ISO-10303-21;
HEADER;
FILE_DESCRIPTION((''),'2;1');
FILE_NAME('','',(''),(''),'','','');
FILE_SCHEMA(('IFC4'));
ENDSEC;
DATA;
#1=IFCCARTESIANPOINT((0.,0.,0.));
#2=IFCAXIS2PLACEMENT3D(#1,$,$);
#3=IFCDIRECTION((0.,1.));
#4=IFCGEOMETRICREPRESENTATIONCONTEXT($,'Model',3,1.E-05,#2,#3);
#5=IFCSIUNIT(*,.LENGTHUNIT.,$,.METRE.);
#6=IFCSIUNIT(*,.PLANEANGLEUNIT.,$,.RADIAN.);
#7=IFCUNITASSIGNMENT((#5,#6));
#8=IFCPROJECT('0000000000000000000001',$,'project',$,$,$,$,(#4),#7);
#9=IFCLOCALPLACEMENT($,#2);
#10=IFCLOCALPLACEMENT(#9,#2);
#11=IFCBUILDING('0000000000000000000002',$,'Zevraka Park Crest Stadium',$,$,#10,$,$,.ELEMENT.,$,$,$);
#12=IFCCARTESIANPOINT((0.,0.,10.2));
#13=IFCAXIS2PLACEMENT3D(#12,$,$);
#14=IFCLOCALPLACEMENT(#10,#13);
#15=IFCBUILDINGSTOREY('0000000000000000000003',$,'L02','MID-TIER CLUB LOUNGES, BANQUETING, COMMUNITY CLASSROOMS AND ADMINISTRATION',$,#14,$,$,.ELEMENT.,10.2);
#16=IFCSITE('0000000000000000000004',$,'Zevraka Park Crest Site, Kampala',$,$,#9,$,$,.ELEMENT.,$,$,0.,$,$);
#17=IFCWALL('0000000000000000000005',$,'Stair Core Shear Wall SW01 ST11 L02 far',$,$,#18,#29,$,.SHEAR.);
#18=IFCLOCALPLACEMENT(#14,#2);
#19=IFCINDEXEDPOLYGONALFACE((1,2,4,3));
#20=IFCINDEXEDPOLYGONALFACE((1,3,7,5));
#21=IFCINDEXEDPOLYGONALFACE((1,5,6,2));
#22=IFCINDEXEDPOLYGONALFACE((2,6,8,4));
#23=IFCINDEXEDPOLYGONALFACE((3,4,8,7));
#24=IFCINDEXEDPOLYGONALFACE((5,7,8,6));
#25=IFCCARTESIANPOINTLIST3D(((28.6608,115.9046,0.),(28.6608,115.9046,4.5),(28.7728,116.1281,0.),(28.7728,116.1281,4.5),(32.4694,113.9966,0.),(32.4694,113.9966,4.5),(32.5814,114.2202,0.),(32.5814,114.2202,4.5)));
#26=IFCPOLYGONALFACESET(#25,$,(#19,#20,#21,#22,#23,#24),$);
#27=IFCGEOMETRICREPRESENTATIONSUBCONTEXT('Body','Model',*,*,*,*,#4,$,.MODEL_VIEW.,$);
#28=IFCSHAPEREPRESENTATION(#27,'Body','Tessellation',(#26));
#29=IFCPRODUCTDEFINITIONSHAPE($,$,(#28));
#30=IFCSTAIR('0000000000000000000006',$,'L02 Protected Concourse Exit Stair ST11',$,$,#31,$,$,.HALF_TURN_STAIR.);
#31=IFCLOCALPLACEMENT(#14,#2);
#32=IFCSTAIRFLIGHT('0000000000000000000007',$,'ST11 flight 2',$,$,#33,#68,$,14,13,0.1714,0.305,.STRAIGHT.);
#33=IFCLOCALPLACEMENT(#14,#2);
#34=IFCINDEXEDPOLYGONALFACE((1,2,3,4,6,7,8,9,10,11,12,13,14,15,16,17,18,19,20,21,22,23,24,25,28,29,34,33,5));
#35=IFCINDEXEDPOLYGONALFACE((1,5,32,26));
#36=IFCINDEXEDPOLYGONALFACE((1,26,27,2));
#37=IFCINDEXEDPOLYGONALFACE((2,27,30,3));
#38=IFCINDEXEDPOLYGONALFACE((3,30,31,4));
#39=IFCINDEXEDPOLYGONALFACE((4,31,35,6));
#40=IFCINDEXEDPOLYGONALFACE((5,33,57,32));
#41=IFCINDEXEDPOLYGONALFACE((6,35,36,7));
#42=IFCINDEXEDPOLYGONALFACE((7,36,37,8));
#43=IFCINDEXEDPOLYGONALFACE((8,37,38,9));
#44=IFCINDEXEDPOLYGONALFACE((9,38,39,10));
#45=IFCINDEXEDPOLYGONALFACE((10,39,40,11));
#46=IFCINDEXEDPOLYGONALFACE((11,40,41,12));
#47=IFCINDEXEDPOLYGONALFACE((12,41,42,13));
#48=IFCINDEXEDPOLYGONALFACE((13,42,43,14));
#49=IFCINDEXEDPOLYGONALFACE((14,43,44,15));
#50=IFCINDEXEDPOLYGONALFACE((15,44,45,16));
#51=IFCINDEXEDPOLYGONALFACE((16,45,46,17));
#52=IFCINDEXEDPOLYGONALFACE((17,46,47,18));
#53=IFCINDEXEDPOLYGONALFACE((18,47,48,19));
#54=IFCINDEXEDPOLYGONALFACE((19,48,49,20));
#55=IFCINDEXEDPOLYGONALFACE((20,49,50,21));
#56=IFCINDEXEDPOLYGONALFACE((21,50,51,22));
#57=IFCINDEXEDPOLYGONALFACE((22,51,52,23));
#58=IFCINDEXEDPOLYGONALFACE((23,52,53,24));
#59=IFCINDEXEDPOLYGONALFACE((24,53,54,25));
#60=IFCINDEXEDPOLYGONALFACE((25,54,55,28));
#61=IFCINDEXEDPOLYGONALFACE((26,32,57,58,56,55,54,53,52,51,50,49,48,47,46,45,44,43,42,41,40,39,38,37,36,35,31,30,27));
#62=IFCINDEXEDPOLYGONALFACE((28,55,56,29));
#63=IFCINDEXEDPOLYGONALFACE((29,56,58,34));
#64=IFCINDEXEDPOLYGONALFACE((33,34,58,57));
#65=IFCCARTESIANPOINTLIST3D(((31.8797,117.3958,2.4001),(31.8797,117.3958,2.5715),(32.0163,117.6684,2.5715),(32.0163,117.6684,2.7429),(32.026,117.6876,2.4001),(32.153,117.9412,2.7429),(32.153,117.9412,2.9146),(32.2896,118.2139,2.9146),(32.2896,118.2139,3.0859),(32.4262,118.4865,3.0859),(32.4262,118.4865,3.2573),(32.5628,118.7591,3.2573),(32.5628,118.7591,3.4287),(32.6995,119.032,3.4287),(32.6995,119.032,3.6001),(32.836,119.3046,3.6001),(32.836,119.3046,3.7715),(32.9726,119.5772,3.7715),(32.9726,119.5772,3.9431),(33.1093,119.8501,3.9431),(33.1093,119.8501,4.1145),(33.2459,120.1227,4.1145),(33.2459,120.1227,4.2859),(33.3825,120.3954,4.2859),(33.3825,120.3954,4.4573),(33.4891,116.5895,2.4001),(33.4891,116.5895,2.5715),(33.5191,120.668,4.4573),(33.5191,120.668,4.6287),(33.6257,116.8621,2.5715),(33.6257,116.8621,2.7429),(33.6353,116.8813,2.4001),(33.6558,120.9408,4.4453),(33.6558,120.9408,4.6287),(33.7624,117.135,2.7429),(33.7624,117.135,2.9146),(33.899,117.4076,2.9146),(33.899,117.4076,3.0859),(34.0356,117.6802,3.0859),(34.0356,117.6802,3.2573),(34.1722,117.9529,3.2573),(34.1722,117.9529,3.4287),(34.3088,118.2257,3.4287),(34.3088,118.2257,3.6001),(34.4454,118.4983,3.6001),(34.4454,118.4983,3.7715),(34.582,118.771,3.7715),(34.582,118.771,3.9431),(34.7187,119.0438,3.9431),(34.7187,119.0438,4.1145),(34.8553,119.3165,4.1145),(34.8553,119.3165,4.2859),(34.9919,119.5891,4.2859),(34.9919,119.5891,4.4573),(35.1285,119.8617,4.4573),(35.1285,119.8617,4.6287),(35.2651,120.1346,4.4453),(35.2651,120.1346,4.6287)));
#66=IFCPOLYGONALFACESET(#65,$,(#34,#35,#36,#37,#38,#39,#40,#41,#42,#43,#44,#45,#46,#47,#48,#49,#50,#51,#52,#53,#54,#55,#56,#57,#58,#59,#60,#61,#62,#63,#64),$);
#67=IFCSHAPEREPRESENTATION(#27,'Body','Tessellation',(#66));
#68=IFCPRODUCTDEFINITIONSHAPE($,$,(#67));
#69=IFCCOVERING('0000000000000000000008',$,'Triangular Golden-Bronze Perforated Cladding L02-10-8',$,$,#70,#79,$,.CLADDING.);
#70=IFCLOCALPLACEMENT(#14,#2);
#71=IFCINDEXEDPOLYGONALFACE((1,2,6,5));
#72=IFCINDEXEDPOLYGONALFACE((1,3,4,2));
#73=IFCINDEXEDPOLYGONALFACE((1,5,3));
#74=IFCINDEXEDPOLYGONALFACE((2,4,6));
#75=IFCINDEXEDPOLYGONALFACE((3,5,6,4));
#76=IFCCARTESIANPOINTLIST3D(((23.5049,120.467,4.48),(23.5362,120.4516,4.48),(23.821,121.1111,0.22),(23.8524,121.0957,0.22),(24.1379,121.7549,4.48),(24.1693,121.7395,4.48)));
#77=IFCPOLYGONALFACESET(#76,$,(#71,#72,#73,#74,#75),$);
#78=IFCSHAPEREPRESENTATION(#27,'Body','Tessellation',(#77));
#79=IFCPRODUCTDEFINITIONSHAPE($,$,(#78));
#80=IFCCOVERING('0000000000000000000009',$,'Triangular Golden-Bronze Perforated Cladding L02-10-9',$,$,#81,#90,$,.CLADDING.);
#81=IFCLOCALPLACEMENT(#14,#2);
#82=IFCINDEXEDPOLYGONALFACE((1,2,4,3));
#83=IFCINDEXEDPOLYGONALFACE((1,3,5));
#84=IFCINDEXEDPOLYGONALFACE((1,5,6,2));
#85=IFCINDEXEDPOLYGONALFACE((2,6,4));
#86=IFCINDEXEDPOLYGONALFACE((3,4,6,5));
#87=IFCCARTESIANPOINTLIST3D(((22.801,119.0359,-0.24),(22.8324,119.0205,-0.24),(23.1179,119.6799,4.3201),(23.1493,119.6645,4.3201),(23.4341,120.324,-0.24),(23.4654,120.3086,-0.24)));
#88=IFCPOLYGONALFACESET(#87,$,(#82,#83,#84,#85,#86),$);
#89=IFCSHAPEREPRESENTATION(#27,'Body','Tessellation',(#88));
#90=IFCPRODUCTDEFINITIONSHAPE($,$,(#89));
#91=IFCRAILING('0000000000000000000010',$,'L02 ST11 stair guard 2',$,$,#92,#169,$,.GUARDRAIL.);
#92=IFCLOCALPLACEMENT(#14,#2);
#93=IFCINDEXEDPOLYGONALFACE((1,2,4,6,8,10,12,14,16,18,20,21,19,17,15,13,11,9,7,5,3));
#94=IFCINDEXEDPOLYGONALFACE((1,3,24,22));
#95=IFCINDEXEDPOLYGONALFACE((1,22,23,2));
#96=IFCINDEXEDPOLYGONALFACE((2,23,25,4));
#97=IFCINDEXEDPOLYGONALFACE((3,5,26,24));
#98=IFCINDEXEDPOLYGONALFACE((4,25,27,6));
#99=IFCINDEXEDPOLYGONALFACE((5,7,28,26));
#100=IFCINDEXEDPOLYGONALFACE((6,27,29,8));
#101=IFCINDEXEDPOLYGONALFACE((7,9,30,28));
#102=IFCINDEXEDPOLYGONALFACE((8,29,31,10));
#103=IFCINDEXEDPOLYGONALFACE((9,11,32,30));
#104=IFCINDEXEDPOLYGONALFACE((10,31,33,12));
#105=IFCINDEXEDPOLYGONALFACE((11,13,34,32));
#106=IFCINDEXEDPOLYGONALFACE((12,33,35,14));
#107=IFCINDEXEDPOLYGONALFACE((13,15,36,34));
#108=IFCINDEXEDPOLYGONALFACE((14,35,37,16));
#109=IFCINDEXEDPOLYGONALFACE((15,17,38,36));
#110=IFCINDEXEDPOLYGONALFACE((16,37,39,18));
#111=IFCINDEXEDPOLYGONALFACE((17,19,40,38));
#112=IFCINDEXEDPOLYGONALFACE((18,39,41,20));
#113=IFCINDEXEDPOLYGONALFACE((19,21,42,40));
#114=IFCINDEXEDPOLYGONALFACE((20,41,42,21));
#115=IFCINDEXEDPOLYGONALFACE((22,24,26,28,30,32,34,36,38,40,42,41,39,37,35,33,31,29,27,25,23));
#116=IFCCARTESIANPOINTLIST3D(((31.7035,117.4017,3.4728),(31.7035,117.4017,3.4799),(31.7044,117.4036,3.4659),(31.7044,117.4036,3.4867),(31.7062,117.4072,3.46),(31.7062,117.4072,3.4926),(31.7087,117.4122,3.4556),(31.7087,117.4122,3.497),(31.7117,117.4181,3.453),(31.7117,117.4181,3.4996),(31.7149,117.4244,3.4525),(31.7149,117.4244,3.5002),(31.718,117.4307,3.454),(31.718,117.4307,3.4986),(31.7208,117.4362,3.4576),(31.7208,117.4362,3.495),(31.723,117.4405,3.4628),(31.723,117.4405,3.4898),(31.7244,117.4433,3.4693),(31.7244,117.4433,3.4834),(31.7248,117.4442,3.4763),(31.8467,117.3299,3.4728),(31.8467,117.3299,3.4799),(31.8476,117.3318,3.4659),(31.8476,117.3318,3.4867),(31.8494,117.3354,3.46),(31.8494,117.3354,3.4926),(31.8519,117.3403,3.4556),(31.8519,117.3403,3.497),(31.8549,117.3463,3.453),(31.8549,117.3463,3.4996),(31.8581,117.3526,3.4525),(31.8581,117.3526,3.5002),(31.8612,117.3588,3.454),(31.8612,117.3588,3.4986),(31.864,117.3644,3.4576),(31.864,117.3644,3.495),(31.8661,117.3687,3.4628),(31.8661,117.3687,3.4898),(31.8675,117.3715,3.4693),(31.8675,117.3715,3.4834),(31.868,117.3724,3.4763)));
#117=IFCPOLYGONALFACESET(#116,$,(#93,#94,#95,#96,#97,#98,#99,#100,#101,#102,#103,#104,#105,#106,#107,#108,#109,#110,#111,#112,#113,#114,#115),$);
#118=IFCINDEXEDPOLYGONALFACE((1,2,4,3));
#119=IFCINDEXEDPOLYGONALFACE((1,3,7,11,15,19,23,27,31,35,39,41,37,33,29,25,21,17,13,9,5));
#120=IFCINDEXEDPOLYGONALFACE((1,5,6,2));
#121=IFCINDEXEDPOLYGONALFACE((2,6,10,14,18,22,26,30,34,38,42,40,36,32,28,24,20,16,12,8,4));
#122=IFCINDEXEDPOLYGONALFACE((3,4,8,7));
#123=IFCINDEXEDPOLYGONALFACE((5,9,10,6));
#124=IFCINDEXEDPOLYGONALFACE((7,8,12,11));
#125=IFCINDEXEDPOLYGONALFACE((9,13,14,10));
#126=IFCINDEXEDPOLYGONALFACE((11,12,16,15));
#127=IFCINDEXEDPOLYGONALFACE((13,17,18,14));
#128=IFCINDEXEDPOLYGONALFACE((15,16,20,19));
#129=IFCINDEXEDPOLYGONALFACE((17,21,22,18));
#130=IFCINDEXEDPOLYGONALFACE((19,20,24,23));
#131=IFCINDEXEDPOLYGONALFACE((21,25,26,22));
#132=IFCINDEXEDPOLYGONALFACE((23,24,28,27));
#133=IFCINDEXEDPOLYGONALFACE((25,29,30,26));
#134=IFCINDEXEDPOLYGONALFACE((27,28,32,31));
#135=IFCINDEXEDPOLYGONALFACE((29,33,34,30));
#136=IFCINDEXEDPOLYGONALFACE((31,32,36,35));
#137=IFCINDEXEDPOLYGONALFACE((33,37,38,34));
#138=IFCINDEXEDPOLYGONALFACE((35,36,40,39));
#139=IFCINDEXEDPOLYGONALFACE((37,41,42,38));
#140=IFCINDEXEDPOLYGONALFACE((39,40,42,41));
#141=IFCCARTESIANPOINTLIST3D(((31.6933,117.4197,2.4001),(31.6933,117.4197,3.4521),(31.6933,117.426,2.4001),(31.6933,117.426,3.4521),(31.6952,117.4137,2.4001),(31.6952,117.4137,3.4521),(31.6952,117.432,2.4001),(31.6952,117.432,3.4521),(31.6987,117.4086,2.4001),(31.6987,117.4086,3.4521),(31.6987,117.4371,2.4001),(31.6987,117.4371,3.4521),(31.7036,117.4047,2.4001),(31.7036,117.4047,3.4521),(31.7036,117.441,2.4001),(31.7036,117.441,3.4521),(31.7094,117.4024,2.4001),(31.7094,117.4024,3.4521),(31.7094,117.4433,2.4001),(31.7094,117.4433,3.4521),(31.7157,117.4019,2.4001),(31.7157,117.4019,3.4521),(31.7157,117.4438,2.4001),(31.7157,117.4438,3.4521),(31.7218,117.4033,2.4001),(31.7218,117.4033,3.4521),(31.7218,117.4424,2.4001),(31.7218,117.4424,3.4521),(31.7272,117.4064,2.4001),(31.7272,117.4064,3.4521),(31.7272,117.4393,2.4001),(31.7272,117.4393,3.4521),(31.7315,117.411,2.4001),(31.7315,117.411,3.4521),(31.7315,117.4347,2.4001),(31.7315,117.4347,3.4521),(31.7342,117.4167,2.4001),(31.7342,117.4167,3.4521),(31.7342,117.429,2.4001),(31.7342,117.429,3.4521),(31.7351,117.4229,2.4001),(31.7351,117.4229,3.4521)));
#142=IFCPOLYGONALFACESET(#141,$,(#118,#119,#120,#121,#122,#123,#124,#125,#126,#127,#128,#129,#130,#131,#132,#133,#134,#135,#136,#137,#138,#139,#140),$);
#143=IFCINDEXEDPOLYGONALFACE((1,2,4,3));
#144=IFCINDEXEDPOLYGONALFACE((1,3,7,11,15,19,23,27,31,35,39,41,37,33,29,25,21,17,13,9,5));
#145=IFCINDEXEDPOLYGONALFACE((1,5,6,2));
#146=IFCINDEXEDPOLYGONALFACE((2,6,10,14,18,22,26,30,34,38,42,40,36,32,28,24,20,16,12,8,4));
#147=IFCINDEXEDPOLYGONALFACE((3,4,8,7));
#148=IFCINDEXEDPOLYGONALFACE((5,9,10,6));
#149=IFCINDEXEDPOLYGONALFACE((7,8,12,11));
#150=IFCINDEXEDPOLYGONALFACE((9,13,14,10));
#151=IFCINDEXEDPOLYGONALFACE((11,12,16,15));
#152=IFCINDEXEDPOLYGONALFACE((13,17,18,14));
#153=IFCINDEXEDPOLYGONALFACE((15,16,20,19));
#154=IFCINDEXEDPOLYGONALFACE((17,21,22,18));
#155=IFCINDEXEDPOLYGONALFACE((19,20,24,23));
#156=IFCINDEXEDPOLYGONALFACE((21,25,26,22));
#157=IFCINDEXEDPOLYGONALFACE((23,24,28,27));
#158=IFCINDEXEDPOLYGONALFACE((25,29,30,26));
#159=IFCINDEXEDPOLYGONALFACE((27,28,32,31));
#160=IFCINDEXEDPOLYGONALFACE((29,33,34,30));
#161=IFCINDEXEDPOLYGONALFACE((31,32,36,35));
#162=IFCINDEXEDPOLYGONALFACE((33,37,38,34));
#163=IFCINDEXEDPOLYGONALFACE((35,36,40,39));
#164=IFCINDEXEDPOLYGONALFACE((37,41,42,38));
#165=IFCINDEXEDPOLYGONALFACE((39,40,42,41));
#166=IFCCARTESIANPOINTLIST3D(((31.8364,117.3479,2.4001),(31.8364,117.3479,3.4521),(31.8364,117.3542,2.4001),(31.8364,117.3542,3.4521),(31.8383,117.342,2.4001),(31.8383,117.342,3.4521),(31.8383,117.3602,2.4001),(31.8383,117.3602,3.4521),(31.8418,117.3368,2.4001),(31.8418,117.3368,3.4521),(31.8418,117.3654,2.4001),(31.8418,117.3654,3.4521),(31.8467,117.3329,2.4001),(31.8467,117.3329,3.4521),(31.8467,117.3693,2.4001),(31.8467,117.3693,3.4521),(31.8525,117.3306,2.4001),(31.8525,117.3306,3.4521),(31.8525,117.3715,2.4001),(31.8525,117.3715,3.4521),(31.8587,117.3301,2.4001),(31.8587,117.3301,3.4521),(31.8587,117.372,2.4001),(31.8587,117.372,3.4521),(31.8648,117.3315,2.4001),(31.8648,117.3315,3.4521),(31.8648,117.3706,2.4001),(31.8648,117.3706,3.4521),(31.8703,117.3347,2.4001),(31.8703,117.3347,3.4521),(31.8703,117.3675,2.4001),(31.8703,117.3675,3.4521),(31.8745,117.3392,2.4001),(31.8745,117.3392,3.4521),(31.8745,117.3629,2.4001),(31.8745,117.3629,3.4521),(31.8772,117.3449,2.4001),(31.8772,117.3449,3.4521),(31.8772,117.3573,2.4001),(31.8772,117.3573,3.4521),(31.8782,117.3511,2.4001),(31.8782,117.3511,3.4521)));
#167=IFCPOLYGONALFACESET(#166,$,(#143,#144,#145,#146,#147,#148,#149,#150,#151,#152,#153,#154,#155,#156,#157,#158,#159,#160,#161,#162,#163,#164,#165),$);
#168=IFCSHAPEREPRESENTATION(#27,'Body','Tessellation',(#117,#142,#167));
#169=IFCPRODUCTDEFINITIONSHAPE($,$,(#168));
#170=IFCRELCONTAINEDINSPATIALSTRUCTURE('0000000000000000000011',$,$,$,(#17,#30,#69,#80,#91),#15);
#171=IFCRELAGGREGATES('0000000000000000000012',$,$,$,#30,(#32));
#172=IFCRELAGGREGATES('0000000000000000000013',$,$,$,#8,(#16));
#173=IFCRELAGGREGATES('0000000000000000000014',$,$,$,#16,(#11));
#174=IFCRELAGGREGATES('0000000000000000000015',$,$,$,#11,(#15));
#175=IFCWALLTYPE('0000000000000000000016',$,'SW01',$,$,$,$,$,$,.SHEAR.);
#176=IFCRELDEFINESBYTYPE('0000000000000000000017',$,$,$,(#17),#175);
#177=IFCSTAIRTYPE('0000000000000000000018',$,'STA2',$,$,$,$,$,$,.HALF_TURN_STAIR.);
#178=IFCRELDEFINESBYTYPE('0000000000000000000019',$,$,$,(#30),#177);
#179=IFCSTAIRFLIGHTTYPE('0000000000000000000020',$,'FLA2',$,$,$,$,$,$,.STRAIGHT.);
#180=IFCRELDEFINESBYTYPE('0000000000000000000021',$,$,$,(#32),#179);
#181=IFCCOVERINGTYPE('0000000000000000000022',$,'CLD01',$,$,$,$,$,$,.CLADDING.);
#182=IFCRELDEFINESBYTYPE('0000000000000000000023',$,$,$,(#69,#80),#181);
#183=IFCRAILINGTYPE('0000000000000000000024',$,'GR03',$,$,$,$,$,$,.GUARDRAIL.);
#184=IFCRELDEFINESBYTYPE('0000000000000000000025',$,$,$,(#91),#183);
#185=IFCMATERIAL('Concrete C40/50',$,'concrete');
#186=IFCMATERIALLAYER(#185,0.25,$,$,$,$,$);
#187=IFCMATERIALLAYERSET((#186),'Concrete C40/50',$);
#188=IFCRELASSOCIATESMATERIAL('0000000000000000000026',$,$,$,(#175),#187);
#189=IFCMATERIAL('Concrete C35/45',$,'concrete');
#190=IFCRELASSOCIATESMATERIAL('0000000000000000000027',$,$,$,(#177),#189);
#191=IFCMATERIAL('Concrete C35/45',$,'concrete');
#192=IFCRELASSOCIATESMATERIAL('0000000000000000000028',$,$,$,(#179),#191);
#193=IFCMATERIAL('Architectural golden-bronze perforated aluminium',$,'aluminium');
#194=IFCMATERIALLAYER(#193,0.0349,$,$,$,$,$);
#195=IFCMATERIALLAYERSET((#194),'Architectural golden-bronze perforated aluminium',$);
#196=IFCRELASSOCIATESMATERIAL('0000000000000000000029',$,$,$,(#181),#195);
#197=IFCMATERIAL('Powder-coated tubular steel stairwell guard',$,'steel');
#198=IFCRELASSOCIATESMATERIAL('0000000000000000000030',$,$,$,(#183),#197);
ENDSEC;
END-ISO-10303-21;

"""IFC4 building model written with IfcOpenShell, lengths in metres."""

from ifc_helpers import new_model, si_unit, direction, frame, frame_2d, origin, origin_2d, place, context, subcontext, project, spatial, polyline, rectangle, circle, outline, extrude, material, layer, layer_set, type_object, element, aggregate, save


model = new_model("IFC4")

# Units and contexts
model_context = context("Model", 3, precision=1e-05, world=origin(), true_north=direction((0.0, 1.0)))
body_context = subcontext(model_context, "Body", "Model", "MODEL_VIEW")
ifc_project = project(units=[si_unit("LENGTHUNIT", "METRE"), si_unit("PLANEANGLEUNIT", "RADIAN")], contexts=[model_context])

# Site, building, storey
site_placement = place(None, origin())
site = spatial("IfcSite", under=ifc_project, at=site_placement, Name="Zevraka Park Crest Site, Kampala", CompositionType="ELEMENT", RefElevation=0.0)
building_placement = place(site_placement, origin())
building = spatial("IfcBuilding", under=site, at=building_placement, Name="Zevraka Park Crest Stadium", CompositionType="ELEMENT")
storey_placement = place(building_placement, frame((0.0, 0.0, 10.2)))
storey = spatial("IfcBuildingStorey", under=building, at=storey_placement, Name="L02", Description="MID-TIER CLUB LOUNGES, BANQUETING, COMMUNITY CLASSROOMS AND ADMINISTRATION", CompositionType="ELEMENT", Elevation=10.2)

# Wall
ifc_material_1 = material(Name="Concrete C40/50", Category="concrete")
ifc_layer_1 = layer(ifc_material_1, 0.25)
ifc_layer_set_1 = layer_set([ifc_layer_1], Name="Concrete C40/50")
wall_type = type_object("IfcWallType", Name="SW01", PredefinedType="SHEAR", material=ifc_layer_set_1)
wall_placement = place(storey_placement, frame((28.7168, 116.0164, 0.0), z_axis=(0.0, 0.0, 1.0), x_axis=(0.894083, -0.447901, 0.0)))
element("IfcWall", 1, at=wall_placement, inside=storey, type_object=wall_type, Name="Stair Core Shear Wall SW01 ST11 L02 far", PredefinedType="SHEAR", context=body_context, shape_type="SweptSolid", body=[
    extrude(rectangle(XDim=4.2598, YDim=0.25, at=frame_2d((2.1299, 0.0))), origin(), (0.0, 0.0, 1.0), 4.5),
])

# Stair, stair flight
ifc_material_2 = material(Name="Concrete C35/45", Category="concrete")
stair_type = type_object("IfcStairType", Name="STA2", PredefinedType="HALF_TURN_STAIR", material=ifc_material_2)
stair_placement = place(storey_placement, origin())
stair = element("IfcStair", 2, at=stair_placement, inside=storey, type_object=stair_type, Name="L02 Protected Concourse Exit Stair ST11", PredefinedType="HALF_TURN_STAIR")
ifc_material_3 = material(Name="Concrete C35/45", Category="concrete")
stair_flight_type = type_object("IfcStairFlightType", Name="FLA2", PredefinedType="STRAIGHT", material=ifc_material_3)
stair_flight_placement = place(storey_placement, frame((32.6843, 116.9927, 2.4001), z_axis=(0.0, 0.0, 1.0), x_axis=(0.447915, 0.894076, 0.0)))
stair_flight = element("IfcStairFlight", 3, at=stair_flight_placement, type_object=stair_flight_type, Name="ST11 flight 2", NumberOfRisers=14, NumberOfTreads=13, PredefinedType="STRAIGHT", RiserHeight=0.1714, TreadLength=0.305, context=body_context, shape_type="SweptSolid", body=[
    extrude(outline(polyline([(0.0, 0.0), (0.0, 0.1714), (0.3049, 0.1714), (0.3049, 0.3428), (0.6101, 0.3428), (0.6101, 0.5144), (0.915, 0.5144), (0.915, 0.6858), (1.22, 0.6858), (1.22, 0.8572), (1.5249, 0.8572), (1.5249, 1.0286), (1.8301, 1.0286), (1.8301, 1.2), (2.135, 1.2), (2.135, 1.3713), (2.4399, 1.3713), (2.4399, 1.543), (2.7451, 1.543), (2.7451, 1.7144), (3.05, 1.7144), (3.05, 1.8857), (3.355, 1.8857), (3.355, 2.0571), (3.6599, 2.0571), (3.6599, 2.2285), (3.9651, 2.2285), (3.9651, 2.3999), (3.9651, 2.0452), (0.3264, 0.0), (0.0, 0.0)])), frame((0.0, 0.8999, 0.0), z_axis=(0.0, -1.0, 0.0), x_axis=(1.0, 0.0, 0.0)), (0.0, 0.0, 1.0), 1.8),
])
aggregate(stair, [stair_flight])

# Coverings
ifc_material_4 = material(Name="Architectural golden-bronze perforated aluminium", Category="aluminium")
ifc_layer_2 = layer(ifc_material_4, 0.0349)
ifc_layer_set_2 = layer_set([ifc_layer_2], Name="Architectural golden-bronze perforated aluminium")
covering_type = type_object("IfcCoveringType", Name="CLD01", PredefinedType="CLADDING", material=ifc_layer_set_2)
covering_1_placement = place(storey_placement, frame((23.5049, 120.467, 4.48), z_axis=(-0.897435, 0.441147, 0.00009), x_axis=(0.441147, 0.897435, 0.0)))
element("IfcCovering", 4, at=covering_1_placement, inside=storey, type_object=covering_type, Name="Triangular Golden-Bronze Perforated Cladding L02-10-8", PredefinedType="CLADDING", context=body_context, shape_type="SweptSolid", body=[
    extrude(outline(polyline([(0.0, 0.0), (1.435, 0.0), (0.7175, 4.26), (0.0, 0.0)])), origin(), (0.0, 0.0, -1.0), 0.0349),
])
covering_2_placement = place(storey_placement, frame((23.4341, 120.324, -0.24), z_axis=(-0.897468, 0.441079, 0.000072), x_axis=(-0.441079, -0.897468, 0.0)))
element("IfcCovering", 5, at=covering_2_placement, inside=storey, type_object=covering_type, Name="Triangular Golden-Bronze Perforated Cladding L02-10-9", PredefinedType="CLADDING", context=body_context, shape_type="SweptSolid", body=[
    extrude(outline(polyline([(0.0, 0.0), (1.4352, 0.0), (0.7175, 4.5601), (0.0, 0.0)])), origin(), (0.0, 0.0, -1.0), 0.0349),
])

# Railing
ifc_material_5 = material(Name="Powder-coated tubular steel stairwell guard", Category="steel")
railing_type_1 = type_object("IfcRailingType", Name="GR03", PredefinedType="GUARDRAIL", material=ifc_material_5)
railing_1_placement = place(storey_placement, frame((31.7141, 117.4229, 2.4001)))
element("IfcRailing", 6, at=railing_1_placement, inside=storey, type_object=railing_type_1, Name="L02 ST11 stair guard 2", PredefinedType="GUARDRAIL", context=body_context, shape_type="SweptSolid", body=[
    extrude(circle(Radius=0.0239, at=origin_2d()), frame((0.0, 0.0, 1.0762), z_axis=(0.893816, -0.448433, 0.0), x_axis=(0.448433, 0.893816, 0.0)), (0.0, 0.0, 1.0), 0.1602),
    extrude(circle(Radius=0.021, at=origin_2d()), origin(), (0.0, 0.0, 1.0), 1.052),
    extrude(circle(Radius=0.021, at=origin_2d()), frame((0.1431, -0.0718, 0.0)), (0.0, 0.0, 1.0), 1.052),
])

save(model, "model.ifc")
